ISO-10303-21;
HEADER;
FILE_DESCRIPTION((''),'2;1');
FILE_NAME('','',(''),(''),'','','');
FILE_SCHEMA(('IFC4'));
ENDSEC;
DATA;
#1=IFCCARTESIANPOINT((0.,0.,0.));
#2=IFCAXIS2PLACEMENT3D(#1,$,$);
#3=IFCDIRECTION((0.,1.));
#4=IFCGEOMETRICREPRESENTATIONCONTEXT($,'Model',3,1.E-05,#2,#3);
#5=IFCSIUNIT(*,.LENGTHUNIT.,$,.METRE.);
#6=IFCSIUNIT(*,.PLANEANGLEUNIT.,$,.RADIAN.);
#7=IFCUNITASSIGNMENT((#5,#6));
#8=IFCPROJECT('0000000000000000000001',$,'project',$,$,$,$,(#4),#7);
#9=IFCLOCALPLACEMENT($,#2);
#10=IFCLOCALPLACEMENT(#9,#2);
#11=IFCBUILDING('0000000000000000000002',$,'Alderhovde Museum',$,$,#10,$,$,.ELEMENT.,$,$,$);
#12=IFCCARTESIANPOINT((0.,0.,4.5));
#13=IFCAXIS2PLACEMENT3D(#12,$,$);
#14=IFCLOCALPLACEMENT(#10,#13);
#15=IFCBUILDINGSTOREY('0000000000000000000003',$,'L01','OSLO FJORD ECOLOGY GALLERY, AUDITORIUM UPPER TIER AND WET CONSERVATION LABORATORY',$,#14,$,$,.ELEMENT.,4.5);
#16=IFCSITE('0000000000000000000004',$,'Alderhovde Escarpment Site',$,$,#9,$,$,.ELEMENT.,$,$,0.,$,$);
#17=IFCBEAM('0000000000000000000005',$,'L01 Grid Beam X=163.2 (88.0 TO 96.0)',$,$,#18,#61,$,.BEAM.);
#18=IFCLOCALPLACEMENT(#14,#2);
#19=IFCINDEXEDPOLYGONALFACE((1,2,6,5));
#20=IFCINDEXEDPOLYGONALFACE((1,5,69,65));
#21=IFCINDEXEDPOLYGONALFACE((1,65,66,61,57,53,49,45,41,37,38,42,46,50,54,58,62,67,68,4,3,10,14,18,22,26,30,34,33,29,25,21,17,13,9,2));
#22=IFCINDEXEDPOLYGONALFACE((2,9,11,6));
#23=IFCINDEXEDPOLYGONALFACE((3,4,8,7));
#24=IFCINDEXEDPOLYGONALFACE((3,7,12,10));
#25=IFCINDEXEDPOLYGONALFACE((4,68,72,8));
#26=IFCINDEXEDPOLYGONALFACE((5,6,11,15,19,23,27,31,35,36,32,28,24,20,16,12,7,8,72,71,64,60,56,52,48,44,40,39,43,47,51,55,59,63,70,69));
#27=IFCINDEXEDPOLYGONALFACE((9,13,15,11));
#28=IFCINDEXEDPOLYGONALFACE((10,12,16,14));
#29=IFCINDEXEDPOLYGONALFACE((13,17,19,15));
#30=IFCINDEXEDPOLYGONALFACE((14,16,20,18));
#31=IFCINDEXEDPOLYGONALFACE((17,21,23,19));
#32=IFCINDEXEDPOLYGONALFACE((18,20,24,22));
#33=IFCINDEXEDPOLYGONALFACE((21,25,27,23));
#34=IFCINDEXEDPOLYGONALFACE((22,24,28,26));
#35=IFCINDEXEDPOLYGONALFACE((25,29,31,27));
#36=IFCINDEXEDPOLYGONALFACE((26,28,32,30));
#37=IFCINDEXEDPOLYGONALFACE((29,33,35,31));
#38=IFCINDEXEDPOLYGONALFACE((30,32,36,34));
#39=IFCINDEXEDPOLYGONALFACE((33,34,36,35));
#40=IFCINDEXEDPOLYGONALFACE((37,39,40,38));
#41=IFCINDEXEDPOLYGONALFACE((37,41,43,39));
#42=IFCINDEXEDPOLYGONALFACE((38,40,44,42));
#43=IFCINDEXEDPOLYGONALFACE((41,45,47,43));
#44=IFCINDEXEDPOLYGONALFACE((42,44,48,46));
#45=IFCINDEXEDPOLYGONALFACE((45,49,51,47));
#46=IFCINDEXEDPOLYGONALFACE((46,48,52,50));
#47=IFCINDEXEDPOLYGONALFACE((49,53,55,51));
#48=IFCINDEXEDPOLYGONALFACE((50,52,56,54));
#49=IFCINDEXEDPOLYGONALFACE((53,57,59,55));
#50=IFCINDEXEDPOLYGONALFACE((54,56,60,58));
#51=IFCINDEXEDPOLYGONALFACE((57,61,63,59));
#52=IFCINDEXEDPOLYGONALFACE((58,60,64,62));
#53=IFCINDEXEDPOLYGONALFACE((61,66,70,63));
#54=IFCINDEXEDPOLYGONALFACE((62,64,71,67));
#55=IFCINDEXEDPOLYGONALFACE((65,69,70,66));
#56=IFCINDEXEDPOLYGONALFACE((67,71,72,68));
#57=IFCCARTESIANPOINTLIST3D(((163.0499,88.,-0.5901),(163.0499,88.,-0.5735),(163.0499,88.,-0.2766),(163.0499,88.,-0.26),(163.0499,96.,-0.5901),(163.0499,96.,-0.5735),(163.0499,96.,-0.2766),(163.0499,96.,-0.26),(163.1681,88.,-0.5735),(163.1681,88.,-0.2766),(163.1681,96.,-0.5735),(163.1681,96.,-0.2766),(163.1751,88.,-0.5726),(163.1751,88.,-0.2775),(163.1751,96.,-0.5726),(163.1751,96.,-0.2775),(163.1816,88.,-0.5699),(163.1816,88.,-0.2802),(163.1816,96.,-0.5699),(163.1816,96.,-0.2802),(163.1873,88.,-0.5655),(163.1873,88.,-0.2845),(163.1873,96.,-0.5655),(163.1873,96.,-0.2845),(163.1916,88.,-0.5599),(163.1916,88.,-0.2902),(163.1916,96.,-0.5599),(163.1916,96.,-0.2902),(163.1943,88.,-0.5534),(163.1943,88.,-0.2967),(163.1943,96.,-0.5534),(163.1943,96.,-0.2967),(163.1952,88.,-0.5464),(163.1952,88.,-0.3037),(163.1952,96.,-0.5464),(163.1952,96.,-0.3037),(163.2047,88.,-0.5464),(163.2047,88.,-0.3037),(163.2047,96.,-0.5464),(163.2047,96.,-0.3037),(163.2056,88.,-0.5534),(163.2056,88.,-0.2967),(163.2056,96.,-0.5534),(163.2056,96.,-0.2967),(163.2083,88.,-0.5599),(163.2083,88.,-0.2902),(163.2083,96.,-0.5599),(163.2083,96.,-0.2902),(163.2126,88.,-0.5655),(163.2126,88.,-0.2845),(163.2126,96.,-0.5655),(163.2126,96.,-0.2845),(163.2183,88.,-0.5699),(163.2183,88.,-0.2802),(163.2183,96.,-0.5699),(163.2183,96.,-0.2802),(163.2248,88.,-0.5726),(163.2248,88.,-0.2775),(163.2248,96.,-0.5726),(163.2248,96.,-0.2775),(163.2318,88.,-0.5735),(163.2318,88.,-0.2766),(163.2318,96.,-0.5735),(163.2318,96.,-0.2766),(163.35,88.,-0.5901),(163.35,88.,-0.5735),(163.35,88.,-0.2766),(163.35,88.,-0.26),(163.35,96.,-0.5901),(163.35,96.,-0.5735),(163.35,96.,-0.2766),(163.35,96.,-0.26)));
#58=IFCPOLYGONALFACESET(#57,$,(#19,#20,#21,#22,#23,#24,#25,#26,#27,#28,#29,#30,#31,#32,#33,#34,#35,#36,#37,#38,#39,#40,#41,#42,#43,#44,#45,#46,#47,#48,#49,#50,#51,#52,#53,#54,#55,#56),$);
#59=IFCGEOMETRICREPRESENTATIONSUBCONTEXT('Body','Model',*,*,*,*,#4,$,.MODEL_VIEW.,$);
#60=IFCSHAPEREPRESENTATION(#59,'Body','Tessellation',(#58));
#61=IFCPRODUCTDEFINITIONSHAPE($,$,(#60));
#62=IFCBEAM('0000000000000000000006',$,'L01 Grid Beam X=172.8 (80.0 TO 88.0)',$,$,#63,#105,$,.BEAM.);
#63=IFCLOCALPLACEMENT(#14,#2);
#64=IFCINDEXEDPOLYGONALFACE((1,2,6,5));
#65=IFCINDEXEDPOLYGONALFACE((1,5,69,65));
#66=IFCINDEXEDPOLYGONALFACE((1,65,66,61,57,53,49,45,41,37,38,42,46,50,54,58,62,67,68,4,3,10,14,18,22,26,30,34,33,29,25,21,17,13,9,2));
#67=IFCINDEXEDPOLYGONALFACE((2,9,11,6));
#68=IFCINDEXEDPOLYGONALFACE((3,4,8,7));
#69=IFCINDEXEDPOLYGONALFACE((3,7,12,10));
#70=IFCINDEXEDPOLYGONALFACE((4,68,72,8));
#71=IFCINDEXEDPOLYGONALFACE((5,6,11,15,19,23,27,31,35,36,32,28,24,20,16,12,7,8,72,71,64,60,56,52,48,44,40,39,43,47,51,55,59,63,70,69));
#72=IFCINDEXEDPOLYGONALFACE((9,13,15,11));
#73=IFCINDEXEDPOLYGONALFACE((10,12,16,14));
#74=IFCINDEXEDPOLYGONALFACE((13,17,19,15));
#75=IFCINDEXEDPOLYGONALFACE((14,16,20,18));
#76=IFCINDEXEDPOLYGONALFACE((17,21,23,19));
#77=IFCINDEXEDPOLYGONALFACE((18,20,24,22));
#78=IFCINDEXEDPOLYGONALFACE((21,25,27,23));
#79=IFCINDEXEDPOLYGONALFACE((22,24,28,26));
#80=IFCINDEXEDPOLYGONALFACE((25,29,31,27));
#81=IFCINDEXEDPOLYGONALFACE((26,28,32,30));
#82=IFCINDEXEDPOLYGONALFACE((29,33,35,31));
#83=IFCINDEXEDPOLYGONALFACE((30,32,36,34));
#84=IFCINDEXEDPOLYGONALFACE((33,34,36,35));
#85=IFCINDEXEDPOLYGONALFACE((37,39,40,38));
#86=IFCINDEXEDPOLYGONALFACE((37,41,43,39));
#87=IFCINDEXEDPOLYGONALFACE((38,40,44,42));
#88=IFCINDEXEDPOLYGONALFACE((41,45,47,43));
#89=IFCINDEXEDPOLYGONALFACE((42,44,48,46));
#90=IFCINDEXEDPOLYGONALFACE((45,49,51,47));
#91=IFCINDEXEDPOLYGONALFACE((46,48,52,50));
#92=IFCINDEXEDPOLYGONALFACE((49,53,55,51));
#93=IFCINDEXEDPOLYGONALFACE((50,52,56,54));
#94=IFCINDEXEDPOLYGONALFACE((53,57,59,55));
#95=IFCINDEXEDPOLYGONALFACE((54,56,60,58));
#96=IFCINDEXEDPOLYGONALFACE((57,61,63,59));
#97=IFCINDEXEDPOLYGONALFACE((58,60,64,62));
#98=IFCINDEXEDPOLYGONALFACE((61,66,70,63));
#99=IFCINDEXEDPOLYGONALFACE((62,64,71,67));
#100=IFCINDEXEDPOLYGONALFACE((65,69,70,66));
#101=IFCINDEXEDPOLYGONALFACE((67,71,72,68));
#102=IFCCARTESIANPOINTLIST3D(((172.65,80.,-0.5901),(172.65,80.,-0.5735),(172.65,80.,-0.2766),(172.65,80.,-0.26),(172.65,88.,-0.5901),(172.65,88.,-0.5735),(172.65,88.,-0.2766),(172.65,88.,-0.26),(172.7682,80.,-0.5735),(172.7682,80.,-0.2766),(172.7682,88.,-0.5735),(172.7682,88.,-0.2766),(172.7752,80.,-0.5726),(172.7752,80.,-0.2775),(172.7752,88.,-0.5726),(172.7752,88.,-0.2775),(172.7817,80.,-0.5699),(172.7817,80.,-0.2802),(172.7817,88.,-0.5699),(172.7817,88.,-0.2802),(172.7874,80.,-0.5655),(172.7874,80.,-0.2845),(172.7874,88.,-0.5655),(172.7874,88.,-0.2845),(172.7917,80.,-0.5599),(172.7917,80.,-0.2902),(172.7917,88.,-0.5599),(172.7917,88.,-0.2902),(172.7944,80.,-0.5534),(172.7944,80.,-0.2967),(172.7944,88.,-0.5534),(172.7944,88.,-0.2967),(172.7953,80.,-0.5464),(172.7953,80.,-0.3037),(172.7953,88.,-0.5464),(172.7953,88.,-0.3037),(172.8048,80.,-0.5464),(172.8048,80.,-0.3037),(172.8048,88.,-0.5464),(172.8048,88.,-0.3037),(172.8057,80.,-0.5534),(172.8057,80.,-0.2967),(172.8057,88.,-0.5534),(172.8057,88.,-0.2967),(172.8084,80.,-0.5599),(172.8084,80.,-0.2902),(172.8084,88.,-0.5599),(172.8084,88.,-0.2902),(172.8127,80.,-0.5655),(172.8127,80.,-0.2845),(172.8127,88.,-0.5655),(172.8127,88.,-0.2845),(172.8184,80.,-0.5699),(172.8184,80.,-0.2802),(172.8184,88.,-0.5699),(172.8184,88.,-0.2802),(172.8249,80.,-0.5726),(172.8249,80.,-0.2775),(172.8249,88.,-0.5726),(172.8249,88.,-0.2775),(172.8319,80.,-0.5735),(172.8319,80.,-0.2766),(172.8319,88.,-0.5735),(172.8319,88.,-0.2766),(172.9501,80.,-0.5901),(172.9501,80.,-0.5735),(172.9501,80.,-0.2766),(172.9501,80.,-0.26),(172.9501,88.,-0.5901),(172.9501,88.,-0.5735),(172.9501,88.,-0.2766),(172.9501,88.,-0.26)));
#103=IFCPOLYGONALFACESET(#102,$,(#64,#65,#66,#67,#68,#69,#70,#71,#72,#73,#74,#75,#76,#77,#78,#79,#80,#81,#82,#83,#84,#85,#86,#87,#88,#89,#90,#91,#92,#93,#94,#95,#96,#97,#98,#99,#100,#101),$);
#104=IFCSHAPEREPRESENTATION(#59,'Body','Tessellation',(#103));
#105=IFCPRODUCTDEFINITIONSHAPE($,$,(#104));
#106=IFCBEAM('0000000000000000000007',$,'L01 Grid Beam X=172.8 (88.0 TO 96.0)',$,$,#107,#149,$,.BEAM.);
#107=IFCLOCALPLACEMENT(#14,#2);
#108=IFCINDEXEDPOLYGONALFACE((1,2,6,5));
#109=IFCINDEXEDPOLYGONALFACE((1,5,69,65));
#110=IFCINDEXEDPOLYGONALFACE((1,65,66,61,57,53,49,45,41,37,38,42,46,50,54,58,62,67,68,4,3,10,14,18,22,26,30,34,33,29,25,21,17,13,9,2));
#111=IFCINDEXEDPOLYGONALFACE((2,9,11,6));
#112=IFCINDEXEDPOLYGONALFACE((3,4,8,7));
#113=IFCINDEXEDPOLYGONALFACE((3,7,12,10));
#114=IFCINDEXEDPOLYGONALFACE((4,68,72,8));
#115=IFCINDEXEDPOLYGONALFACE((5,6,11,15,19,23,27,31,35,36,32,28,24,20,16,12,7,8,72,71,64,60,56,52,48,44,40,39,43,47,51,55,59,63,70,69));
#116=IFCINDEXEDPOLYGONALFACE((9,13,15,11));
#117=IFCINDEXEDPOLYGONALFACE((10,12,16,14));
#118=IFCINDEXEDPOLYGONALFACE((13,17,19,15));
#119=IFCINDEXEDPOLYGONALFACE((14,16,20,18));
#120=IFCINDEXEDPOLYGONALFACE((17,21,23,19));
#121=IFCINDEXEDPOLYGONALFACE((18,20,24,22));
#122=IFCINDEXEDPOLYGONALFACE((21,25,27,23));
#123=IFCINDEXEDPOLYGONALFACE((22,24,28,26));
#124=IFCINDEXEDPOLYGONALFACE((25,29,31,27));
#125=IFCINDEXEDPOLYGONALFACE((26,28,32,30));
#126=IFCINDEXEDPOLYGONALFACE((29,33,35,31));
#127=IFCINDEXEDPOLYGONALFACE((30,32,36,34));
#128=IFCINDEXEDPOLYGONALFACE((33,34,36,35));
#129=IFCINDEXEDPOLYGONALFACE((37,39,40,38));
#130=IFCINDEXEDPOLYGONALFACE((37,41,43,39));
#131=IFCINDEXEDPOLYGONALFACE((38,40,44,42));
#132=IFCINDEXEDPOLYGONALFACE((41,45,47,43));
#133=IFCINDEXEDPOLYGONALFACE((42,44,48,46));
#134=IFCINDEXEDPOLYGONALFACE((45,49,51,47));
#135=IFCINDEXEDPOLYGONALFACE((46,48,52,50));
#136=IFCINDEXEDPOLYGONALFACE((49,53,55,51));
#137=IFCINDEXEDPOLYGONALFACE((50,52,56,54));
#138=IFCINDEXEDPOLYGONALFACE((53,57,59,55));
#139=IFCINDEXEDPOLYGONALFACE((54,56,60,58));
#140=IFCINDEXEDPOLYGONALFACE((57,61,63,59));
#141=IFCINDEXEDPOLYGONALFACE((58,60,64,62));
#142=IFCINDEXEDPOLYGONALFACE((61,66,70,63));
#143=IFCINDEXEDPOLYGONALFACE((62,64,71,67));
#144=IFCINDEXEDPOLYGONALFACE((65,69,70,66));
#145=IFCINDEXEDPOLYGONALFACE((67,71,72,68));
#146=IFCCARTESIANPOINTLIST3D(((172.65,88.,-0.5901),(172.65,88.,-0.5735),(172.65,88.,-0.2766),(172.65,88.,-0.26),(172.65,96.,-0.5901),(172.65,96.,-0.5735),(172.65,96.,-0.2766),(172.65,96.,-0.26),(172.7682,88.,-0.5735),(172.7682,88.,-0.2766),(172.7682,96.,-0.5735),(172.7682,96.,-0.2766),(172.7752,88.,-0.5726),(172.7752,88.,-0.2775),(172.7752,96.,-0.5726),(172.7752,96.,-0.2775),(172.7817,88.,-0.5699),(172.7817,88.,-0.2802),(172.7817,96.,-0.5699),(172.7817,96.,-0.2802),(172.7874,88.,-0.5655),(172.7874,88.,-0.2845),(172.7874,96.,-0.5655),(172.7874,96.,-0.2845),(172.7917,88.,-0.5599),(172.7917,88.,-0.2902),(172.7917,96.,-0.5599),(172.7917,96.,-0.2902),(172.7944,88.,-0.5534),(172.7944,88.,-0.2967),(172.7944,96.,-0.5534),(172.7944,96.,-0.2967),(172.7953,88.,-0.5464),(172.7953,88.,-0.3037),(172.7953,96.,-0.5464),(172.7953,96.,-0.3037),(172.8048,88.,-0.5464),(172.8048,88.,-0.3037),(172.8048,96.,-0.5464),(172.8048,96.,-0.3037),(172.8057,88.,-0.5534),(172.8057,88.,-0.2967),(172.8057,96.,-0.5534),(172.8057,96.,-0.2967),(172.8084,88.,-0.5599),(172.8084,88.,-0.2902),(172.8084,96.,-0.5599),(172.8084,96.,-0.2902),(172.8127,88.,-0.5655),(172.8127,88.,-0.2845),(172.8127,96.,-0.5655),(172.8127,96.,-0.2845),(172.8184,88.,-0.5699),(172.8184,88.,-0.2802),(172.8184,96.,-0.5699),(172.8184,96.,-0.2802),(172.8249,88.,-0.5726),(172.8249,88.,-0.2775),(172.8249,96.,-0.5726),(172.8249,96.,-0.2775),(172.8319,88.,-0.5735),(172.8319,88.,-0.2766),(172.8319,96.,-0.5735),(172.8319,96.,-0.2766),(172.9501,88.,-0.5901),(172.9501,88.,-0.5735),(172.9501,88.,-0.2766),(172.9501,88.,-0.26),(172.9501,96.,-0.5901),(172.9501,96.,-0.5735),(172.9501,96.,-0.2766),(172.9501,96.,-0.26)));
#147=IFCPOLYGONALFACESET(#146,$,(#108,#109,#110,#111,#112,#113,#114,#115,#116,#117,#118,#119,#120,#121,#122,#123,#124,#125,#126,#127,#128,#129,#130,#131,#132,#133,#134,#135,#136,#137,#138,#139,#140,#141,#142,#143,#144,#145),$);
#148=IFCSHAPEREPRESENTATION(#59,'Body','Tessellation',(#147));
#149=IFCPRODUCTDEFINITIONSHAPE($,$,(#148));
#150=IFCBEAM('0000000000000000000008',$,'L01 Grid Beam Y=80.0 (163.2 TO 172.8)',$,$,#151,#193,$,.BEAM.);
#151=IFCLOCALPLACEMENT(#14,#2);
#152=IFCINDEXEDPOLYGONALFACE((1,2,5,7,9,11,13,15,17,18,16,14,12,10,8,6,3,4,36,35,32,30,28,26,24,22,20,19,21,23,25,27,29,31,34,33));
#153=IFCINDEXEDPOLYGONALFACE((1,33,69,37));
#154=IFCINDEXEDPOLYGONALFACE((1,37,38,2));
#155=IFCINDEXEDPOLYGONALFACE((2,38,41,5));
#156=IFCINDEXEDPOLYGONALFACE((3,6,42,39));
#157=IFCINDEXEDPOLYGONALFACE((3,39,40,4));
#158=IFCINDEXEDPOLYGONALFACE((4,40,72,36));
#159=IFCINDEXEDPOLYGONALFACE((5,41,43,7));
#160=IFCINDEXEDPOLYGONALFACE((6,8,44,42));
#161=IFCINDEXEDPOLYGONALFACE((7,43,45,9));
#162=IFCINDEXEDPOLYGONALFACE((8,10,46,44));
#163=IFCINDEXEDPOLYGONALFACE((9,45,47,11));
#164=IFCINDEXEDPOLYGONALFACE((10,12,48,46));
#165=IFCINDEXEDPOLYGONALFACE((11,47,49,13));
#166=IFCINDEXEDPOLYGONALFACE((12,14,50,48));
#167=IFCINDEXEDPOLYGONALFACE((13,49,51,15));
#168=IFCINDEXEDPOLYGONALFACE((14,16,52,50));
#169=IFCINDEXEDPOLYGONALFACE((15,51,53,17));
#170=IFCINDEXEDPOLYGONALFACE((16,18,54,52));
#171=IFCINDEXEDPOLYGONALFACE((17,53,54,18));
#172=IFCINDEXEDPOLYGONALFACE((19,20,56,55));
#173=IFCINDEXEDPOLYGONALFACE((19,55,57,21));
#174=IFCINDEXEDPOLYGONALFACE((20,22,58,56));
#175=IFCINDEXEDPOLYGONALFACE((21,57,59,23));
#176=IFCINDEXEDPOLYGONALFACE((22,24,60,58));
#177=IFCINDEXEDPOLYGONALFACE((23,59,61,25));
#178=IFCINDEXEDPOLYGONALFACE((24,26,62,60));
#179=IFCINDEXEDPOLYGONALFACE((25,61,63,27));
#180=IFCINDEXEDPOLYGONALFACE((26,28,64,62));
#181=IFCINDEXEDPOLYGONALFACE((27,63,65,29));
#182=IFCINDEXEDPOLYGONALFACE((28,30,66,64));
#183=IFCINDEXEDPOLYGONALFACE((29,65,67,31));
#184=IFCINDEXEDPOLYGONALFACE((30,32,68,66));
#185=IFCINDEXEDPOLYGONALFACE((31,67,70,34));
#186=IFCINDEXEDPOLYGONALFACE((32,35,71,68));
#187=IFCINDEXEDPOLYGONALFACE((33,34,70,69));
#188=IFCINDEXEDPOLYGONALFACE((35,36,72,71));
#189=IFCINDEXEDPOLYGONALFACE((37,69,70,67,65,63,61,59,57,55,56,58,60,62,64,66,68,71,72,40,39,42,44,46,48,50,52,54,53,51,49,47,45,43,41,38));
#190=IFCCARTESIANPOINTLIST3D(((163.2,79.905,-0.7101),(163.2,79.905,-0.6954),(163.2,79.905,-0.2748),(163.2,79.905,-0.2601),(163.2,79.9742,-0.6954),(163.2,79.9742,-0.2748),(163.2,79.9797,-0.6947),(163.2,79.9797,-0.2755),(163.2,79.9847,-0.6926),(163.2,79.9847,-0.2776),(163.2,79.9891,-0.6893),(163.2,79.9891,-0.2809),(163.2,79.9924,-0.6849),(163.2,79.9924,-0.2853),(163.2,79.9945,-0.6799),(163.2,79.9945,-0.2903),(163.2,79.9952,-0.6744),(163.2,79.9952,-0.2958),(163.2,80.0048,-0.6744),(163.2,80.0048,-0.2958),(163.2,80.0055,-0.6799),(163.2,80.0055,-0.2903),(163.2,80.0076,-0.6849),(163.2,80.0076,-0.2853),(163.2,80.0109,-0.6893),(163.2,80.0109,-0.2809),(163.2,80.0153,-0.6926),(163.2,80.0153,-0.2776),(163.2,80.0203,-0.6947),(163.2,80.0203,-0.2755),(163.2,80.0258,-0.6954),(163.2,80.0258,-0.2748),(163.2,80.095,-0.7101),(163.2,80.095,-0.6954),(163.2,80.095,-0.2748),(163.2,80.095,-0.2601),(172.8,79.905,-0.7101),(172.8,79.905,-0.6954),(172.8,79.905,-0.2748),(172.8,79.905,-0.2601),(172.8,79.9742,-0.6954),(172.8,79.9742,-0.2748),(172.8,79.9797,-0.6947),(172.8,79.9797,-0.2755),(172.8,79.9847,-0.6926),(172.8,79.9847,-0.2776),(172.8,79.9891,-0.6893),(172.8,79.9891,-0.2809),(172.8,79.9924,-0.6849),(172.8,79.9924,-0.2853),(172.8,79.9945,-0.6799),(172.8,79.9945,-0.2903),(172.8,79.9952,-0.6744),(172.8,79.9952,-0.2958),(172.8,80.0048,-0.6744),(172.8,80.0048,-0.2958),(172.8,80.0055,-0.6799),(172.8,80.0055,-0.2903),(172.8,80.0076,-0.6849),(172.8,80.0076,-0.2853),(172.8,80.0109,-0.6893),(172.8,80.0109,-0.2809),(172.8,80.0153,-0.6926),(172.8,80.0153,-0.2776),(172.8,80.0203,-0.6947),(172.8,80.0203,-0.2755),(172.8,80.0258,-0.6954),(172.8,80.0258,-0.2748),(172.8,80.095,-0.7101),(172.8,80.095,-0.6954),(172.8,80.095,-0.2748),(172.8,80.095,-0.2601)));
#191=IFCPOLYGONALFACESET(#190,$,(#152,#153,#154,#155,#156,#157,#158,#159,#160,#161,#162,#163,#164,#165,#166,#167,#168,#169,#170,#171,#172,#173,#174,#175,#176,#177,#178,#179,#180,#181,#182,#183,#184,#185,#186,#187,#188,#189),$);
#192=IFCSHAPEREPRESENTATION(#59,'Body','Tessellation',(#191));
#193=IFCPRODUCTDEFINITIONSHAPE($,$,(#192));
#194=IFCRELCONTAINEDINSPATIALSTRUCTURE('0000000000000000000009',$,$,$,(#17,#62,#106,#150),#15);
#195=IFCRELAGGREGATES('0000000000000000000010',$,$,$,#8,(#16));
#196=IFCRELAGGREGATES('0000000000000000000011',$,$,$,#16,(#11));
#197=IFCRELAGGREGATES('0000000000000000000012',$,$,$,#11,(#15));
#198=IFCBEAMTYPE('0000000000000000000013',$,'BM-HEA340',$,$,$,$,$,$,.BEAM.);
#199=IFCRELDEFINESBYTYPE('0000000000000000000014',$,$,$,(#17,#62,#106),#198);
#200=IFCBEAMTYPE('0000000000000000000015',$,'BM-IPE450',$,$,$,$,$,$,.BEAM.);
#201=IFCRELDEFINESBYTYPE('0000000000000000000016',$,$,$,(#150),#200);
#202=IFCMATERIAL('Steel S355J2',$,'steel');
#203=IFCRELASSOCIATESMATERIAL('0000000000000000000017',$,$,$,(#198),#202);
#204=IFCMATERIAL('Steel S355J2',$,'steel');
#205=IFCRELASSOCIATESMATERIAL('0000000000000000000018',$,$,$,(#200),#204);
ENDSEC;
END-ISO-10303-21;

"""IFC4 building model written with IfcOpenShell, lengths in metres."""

from ifc_helpers import new_model, si_unit, direction, frame, origin, origin_2d, place, context, subcontext, project, spatial, i_section, extrude, material, material_profile, profile_set, type_object, element, save


model = new_model("IFC4")

# Units and contexts
model_context = context("Model", 3, precision=1e-05, world=origin(), true_north=direction((0.0, 1.0)))
body_context = subcontext(model_context, "Body", "Model", "MODEL_VIEW")
ifc_project = project(units=[si_unit("LENGTHUNIT", "METRE"), si_unit("PLANEANGLEUNIT", "RADIAN")], contexts=[model_context])

# Site, building, storey
site_placement = place(None, origin())
site = spatial("IfcSite", under=ifc_project, at=site_placement, Name="Alderhovde Escarpment Site", CompositionType="ELEMENT", RefElevation=0.0)
building_placement = place(site_placement, origin())
building = spatial("IfcBuilding", under=site, at=building_placement, Name="Alderhovde Museum", CompositionType="ELEMENT")
storey_placement = place(building_placement, frame((0.0, 0.0, 4.5)))
storey = spatial("IfcBuildingStorey", under=building, at=storey_placement, Name="L01", Description="OSLO FJORD ECOLOGY GALLERY, AUDITORIUM UPPER TIER AND WET CONSERVATION LABORATORY", CompositionType="ELEMENT", Elevation=4.5)

# Beams
ifc_material_1 = material(Name="Steel S355J2", Category="steel")
ifc_material_profile_1 = material_profile(ifc_material_1, i_section(OverallWidth=0.3, OverallDepth=0.3301, WebThickness=0.0095, FlangeThickness=0.0166, FilletRadius=0.0271, at=origin_2d()), Name="HEA 340")
ifc_profile_set_1 = profile_set([ifc_material_profile_1], Name="Steel S355J2")
beam_type_1 = type_object("IfcBeamType", Name="BM-HEA340", PredefinedType="BEAM", material=ifc_profile_set_1)
for number, where, z_axis, x_axis, name in (
    (1, (163.2, 88.0, -0.425), (0.0, 1.0, 0.0), (-1.0, 0.0, 0.0), "L01 Grid Beam X=163.2 (88.0 TO 96.0)"),
    (2, (172.8, 80.0, -0.425), (0.0, 1.0, 0.0), (-1.0, 0.0, 0.0), "L01 Grid Beam X=172.8 (80.0 TO 88.0)"),
    (3, (172.8, 88.0, -0.425), (0.0, 1.0, 0.0), (-1.0, 0.0, 0.0), "L01 Grid Beam X=172.8 (88.0 TO 96.0)"),
):
    element("IfcBeam", number, at=place(storey_placement, frame(where, z_axis=z_axis, x_axis=x_axis)), inside=storey, type_object=beam_type_1, Name=name, PredefinedType="BEAM", context=body_context, shape_type="SweptSolid", body=[
        extrude(i_section(OverallWidth=0.3, OverallDepth=0.3301, WebThickness=0.0095, FlangeThickness=0.0166, FilletRadius=0.0271, at=origin_2d()), origin(), (0.0, 0.0, 1.0), 8.0),
    ])
ifc_material_2 = material(Name="Steel S355J2", Category="steel")
ifc_material_profile_2 = material_profile(ifc_material_2, i_section(OverallWidth=0.1899, OverallDepth=0.45, WebThickness=0.0095, FlangeThickness=0.0146, FilletRadius=0.021, at=origin_2d()), Name="IPE 450")
ifc_profile_set_2 = profile_set([ifc_material_profile_2], Name="Steel S355J2")
beam_type_2 = type_object("IfcBeamType", Name="BM-IPE450", PredefinedType="BEAM", material=ifc_profile_set_2)
for number, where, z_axis, x_axis, name in (
    (4, (163.2, 80.0, -0.4851), (1.0, 0.0, 0.0), (0.0, 1.0, 0.0), "L01 Grid Beam Y=80.0 (163.2 TO 172.8)"),
):
    element("IfcBeam", number, at=place(storey_placement, frame(where, z_axis=z_axis, x_axis=x_axis)), inside=storey, type_object=beam_type_2, Name=name, PredefinedType="BEAM", context=body_context, shape_type="SweptSolid", body=[
        extrude(i_section(OverallWidth=0.1899, OverallDepth=0.45, WebThickness=0.0095, FlangeThickness=0.0146, FilletRadius=0.021, at=origin_2d()), origin(), (0.0, 0.0, 1.0), 9.6001),
    ])

save(model, "model.ifc")
